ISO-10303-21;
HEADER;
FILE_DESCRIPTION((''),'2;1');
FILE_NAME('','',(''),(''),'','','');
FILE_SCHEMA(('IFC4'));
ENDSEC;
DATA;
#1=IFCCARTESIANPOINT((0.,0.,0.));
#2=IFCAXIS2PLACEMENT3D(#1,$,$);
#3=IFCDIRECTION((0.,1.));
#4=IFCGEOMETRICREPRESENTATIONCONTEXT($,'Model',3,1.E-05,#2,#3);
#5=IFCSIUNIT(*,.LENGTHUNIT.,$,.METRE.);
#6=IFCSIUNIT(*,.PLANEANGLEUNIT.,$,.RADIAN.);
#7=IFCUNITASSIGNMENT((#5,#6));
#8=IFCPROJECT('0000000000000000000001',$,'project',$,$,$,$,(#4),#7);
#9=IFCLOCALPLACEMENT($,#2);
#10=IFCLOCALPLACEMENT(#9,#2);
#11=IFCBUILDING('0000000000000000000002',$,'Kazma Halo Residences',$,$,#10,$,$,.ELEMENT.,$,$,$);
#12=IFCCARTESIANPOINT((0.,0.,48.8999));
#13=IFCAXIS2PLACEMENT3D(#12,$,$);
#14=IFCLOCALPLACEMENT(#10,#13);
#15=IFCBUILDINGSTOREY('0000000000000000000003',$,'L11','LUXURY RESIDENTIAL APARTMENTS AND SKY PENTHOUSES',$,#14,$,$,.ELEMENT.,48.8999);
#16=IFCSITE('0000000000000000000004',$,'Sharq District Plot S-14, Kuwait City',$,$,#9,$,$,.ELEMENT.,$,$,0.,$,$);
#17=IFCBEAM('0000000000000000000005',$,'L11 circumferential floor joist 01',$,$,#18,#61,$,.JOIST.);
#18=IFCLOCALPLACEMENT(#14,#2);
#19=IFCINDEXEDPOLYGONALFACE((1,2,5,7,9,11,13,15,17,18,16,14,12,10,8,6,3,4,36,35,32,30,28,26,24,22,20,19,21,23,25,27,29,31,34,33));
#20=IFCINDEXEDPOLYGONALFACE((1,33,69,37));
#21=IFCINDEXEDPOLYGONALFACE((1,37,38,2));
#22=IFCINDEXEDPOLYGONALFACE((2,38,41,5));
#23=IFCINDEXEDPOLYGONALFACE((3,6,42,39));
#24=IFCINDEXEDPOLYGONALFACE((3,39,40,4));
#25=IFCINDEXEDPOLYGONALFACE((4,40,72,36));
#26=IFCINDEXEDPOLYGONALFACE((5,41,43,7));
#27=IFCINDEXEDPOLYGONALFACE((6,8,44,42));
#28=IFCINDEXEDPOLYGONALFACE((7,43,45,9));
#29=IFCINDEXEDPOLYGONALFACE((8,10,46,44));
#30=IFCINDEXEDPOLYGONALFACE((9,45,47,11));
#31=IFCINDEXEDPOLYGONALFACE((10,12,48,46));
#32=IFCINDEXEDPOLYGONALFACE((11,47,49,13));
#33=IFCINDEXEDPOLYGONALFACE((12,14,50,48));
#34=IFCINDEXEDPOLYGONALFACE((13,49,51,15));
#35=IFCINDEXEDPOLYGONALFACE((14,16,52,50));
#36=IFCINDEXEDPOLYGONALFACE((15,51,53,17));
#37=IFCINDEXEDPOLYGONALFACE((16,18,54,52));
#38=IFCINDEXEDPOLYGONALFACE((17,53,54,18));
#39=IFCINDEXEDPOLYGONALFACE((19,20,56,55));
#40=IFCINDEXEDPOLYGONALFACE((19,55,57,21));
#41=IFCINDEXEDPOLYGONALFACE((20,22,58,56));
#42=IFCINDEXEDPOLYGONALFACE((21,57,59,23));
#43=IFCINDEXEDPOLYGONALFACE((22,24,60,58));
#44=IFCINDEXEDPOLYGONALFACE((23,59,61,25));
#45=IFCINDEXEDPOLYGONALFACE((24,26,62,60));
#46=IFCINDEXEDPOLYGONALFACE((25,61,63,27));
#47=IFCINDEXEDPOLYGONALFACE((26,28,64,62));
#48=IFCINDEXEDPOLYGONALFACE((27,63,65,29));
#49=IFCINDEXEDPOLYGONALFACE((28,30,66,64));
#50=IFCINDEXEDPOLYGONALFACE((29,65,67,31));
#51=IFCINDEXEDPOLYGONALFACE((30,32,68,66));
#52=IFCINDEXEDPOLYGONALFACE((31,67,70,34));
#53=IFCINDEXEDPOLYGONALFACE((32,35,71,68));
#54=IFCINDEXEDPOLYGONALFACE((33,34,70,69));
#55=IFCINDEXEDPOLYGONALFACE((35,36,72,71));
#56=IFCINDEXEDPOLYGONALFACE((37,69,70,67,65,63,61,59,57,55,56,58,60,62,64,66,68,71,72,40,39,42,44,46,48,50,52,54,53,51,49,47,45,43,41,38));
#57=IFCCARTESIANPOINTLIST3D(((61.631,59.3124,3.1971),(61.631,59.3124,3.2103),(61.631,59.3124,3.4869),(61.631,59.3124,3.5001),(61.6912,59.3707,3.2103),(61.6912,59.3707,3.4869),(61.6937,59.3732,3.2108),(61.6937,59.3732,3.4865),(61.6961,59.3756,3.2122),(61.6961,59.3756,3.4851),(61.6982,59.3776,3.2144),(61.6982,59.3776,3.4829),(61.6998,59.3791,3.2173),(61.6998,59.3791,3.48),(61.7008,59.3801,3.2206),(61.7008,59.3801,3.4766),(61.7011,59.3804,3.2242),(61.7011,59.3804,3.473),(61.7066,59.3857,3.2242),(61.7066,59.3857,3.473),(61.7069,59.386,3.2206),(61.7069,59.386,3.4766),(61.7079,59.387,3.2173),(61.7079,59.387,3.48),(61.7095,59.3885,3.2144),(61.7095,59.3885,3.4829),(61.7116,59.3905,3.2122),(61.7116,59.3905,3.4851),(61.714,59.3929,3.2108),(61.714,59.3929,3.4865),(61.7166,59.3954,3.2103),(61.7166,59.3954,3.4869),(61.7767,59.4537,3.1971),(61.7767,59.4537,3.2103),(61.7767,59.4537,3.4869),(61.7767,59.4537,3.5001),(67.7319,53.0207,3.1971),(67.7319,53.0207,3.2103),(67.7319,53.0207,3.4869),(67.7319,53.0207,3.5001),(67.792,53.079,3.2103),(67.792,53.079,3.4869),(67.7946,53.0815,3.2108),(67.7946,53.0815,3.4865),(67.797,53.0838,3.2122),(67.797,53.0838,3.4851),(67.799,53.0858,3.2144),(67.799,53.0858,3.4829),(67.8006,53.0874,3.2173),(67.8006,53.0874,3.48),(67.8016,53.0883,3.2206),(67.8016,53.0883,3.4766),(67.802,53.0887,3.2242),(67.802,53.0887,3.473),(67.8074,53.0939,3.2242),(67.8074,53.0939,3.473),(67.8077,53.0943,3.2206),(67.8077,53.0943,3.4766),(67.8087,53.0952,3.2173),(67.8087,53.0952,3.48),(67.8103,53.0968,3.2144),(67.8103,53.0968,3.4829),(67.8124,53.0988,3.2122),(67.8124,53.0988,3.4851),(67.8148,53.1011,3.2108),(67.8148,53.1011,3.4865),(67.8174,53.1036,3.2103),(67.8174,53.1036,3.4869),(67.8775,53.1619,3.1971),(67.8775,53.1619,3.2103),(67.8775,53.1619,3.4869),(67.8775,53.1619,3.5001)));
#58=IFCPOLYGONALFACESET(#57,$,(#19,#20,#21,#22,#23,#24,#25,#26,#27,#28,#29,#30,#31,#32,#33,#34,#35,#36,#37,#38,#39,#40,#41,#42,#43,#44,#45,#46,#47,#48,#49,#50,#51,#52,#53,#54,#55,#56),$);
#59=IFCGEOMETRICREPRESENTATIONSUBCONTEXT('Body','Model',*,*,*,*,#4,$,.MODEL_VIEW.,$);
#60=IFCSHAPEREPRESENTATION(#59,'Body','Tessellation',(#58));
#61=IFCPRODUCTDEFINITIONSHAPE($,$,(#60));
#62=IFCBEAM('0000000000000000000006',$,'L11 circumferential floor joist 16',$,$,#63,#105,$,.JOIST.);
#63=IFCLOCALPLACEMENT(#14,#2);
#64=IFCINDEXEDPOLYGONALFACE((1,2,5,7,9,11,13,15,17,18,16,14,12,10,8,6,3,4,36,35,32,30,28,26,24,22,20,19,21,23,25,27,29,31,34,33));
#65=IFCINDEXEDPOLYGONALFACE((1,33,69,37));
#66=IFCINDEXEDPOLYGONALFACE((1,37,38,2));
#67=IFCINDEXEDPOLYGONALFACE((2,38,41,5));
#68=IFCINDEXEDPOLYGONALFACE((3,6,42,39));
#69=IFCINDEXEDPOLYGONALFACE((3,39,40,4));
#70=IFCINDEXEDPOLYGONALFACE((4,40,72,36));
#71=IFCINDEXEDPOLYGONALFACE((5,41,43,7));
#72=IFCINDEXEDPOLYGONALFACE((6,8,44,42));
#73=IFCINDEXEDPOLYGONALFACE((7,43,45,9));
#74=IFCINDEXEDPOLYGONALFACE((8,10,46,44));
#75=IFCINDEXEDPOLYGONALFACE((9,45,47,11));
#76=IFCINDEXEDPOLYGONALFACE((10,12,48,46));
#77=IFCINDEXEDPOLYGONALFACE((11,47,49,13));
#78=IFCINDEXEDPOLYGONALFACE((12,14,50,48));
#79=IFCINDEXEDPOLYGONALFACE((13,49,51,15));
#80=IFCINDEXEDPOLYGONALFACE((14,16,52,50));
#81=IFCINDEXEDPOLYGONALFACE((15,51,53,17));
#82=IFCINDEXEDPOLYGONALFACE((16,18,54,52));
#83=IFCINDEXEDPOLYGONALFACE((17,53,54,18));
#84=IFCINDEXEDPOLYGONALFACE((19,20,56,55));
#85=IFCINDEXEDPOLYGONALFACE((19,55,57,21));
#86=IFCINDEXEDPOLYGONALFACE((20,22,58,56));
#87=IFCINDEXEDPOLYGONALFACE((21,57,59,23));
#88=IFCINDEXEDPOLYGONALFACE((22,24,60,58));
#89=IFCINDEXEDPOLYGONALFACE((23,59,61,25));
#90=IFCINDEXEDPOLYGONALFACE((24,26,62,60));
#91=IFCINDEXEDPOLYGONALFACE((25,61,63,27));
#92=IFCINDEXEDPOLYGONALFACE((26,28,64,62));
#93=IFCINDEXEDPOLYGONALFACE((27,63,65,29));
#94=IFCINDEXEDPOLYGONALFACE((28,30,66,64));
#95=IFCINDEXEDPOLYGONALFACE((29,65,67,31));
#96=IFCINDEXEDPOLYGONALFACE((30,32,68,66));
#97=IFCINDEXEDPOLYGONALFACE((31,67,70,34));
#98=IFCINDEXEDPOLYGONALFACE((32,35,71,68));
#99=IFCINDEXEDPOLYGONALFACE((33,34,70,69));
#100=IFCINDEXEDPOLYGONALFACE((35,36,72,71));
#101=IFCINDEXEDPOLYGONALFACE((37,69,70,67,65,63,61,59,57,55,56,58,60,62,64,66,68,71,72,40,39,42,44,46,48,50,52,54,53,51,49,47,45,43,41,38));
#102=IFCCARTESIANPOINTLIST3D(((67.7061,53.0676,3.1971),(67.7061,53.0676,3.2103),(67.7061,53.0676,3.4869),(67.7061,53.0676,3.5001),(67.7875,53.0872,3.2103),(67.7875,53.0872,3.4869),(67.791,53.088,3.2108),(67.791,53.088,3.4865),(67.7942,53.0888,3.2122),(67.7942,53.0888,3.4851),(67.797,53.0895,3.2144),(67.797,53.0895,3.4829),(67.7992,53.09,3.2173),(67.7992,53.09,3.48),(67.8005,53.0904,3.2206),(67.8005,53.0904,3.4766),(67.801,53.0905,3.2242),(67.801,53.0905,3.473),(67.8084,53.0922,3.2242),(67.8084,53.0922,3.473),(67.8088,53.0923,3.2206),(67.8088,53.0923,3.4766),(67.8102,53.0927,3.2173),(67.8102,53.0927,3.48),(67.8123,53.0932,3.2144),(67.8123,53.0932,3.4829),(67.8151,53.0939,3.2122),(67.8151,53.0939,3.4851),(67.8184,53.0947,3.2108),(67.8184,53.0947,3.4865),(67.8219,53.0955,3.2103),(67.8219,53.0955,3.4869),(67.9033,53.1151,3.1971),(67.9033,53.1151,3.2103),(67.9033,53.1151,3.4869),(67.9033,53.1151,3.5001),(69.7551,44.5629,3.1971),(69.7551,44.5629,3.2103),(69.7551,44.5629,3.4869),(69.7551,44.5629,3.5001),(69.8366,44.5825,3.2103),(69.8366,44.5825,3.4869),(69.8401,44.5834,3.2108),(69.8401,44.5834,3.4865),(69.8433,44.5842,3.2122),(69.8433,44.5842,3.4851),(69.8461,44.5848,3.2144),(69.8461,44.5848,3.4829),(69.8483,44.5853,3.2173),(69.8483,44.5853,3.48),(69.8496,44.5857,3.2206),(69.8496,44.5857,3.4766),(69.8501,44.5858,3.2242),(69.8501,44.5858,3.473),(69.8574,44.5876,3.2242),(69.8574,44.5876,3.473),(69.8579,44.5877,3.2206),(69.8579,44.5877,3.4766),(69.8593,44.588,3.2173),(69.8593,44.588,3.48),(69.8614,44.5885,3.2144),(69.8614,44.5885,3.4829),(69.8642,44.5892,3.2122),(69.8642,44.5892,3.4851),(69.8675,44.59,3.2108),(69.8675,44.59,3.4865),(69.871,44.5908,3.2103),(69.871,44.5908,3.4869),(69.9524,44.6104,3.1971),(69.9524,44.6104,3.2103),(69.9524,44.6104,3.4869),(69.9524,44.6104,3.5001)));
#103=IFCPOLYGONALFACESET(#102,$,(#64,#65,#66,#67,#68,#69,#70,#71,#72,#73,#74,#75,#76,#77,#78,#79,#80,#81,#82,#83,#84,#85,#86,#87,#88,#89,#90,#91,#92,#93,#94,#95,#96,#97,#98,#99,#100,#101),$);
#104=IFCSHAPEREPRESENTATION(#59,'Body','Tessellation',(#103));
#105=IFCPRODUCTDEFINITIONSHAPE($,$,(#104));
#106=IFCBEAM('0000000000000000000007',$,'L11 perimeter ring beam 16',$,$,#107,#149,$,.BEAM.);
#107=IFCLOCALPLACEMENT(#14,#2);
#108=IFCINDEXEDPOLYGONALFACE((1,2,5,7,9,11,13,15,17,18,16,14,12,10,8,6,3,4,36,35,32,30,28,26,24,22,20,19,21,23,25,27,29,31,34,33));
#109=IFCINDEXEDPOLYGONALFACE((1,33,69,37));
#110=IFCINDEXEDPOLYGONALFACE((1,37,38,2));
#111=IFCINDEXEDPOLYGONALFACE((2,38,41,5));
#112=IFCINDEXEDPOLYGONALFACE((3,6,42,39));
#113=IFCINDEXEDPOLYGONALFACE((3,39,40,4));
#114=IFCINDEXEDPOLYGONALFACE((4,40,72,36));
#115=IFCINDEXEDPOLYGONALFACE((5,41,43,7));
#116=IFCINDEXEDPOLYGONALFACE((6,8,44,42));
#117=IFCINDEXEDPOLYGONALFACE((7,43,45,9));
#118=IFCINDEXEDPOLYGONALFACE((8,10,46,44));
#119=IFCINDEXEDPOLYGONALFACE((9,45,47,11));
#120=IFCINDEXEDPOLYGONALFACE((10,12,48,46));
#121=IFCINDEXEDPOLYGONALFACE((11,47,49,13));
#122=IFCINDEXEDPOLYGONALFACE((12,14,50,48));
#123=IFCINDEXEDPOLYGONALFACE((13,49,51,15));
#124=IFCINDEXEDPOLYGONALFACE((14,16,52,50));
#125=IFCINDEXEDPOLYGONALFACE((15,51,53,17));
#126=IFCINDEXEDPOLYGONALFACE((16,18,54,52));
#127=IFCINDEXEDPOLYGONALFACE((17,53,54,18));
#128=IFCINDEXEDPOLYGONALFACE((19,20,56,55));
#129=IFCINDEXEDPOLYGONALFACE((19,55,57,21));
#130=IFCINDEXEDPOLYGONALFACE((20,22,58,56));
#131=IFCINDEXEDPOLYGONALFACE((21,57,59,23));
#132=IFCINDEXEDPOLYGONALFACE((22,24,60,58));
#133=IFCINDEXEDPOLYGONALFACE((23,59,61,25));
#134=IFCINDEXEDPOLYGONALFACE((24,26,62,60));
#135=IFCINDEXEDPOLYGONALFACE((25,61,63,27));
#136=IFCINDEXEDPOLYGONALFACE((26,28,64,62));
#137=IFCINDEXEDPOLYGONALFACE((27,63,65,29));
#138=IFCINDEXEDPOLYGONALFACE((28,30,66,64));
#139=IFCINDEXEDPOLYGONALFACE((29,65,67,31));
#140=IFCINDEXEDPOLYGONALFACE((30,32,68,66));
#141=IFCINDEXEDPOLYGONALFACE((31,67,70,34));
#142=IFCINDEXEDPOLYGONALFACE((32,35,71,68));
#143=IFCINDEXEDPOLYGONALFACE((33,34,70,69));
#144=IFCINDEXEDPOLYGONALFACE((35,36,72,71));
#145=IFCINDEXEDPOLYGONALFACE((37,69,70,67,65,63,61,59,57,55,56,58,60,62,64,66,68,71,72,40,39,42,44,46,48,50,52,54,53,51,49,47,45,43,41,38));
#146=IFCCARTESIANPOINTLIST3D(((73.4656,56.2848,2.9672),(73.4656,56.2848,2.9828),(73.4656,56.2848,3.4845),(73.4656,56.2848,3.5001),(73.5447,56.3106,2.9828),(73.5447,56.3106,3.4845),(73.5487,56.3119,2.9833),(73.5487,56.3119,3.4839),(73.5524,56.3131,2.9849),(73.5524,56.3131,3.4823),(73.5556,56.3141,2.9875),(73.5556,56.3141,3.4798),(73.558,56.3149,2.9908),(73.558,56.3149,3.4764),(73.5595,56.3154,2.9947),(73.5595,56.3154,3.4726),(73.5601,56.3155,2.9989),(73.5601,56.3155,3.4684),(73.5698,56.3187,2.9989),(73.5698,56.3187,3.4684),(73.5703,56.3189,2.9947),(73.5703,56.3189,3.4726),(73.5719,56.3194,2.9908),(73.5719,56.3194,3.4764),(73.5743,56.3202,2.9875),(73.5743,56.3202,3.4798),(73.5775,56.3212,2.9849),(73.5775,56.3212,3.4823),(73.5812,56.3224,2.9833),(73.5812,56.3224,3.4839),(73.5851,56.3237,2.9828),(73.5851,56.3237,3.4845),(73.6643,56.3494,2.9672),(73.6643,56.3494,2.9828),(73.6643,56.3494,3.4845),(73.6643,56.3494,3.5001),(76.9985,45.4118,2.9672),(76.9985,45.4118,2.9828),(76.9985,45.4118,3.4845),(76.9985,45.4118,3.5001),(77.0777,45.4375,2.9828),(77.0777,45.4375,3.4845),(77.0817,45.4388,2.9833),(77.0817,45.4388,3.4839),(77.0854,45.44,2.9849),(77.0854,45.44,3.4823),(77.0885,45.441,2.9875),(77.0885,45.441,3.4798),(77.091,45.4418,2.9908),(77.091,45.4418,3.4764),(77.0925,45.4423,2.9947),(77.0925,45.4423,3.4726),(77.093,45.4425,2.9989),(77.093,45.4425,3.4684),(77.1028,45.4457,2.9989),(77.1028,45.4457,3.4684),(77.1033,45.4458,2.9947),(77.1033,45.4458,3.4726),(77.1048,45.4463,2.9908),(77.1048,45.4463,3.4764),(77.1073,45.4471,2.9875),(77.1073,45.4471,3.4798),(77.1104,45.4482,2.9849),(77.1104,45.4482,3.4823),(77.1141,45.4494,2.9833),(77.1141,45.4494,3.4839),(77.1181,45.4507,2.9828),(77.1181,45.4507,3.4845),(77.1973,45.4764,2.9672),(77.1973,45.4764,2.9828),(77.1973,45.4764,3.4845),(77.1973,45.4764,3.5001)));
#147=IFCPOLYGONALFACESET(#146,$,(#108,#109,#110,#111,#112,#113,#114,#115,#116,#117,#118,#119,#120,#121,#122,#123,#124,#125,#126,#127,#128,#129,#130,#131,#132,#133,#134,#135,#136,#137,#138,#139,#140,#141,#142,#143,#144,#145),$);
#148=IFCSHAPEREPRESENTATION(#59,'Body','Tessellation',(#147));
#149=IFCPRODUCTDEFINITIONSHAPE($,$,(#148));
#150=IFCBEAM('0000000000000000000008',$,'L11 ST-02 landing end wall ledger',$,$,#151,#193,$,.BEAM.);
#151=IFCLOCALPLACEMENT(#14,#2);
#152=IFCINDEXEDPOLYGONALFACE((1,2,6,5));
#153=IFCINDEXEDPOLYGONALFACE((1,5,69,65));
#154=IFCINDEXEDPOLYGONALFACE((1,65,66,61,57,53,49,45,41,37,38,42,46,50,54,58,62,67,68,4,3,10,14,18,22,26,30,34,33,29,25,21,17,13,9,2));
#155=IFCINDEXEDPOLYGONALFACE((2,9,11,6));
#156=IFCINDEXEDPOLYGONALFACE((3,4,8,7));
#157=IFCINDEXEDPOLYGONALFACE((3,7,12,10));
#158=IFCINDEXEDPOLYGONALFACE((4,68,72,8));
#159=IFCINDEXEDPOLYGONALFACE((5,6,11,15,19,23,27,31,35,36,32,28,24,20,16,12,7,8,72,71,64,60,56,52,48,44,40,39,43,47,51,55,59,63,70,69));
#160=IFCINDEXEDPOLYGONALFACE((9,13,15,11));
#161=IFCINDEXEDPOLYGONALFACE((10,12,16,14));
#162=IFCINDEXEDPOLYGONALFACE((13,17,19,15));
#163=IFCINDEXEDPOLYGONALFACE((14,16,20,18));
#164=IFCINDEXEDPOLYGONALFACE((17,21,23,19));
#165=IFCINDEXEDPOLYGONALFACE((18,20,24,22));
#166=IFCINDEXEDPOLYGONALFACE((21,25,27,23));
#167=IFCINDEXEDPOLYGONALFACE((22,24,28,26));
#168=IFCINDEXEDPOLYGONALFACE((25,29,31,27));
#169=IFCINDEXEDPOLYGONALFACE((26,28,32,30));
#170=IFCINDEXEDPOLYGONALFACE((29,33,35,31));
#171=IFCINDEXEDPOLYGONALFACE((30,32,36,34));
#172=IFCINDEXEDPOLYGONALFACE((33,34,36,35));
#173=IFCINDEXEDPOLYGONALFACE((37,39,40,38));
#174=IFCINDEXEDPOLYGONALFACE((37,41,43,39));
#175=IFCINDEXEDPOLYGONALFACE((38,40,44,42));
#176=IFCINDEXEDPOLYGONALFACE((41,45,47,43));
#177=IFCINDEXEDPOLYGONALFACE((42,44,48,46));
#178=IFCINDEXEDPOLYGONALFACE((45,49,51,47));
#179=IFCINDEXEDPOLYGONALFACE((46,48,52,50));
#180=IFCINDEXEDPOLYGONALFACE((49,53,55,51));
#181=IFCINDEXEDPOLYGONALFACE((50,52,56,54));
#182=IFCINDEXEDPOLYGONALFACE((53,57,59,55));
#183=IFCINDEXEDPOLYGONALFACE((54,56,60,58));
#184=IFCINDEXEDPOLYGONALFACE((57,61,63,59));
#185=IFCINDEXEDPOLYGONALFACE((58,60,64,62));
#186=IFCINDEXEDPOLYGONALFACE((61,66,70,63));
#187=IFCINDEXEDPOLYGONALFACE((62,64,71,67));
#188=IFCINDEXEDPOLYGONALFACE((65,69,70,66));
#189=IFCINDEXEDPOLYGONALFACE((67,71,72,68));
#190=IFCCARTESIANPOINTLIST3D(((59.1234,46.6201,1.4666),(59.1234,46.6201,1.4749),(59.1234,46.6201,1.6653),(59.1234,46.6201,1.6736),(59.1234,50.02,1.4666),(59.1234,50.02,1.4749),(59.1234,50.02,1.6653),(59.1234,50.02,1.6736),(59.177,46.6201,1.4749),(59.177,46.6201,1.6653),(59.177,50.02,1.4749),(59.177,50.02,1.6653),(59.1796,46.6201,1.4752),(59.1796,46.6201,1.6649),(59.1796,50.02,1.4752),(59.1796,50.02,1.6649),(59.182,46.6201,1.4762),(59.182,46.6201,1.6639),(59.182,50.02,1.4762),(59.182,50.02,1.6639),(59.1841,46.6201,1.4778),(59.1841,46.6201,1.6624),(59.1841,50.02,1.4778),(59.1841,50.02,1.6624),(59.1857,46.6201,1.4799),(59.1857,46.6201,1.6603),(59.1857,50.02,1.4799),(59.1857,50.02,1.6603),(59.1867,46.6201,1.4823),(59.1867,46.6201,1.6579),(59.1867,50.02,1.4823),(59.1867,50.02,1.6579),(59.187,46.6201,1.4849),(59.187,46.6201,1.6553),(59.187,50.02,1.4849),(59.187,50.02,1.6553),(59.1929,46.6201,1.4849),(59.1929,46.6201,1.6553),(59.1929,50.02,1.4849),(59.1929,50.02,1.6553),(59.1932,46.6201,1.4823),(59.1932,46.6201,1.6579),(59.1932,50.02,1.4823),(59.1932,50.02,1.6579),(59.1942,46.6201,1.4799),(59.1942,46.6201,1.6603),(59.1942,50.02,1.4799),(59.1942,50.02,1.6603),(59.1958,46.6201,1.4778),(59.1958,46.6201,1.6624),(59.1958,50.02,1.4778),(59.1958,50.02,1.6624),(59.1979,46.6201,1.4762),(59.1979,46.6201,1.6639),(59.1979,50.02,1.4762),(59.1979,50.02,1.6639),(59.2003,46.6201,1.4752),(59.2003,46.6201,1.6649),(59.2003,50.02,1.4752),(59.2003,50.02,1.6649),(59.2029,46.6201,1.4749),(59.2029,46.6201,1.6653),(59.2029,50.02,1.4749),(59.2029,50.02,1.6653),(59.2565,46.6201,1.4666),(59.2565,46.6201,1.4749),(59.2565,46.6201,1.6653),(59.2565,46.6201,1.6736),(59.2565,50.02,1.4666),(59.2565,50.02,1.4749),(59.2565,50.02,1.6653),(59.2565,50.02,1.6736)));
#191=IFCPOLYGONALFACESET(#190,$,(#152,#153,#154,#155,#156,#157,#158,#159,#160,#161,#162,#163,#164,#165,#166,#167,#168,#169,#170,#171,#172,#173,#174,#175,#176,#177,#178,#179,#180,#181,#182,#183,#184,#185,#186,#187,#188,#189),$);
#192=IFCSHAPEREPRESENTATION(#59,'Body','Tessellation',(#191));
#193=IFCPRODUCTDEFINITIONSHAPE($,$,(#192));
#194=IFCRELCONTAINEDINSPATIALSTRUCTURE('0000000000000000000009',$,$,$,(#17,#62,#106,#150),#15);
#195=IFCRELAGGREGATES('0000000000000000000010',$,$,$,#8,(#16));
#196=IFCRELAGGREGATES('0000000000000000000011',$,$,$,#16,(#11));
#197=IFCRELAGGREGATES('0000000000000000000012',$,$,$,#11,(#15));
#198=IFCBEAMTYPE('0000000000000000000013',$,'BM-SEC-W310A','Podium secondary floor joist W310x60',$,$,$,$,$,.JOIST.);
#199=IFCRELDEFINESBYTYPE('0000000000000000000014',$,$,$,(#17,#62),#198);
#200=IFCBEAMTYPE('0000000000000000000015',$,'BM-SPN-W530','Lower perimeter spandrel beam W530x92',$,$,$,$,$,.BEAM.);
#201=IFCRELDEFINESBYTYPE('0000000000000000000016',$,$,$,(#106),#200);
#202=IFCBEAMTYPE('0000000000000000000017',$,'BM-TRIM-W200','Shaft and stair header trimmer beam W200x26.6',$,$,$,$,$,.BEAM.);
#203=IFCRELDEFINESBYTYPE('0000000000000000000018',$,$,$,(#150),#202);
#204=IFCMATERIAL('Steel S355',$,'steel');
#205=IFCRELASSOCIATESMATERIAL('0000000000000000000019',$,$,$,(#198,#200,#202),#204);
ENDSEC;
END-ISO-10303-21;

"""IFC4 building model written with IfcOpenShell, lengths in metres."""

from ifc_helpers import new_model, si_unit, direction, frame, origin, origin_2d, place, context, subcontext, project, spatial, i_section, extrude, material, material_profile, profile_set, type_object, element, save


model = new_model("IFC4")

# Units and contexts
model_context = context("Model", 3, precision=1e-05, world=origin(), true_north=direction((0.0, 1.0)))
body_context = subcontext(model_context, "Body", "Model", "MODEL_VIEW")
ifc_project = project(units=[si_unit("LENGTHUNIT", "METRE"), si_unit("PLANEANGLEUNIT", "RADIAN")], contexts=[model_context])

# Site, building, storey
site_placement = place(None, origin())
site = spatial("IfcSite", under=ifc_project, at=site_placement, Name="Sharq District Plot S-14, Kuwait City", CompositionType="ELEMENT", RefElevation=0.0)
building_placement = place(site_placement, origin())
building = spatial("IfcBuilding", under=site, at=building_placement, Name="Kazma Halo Residences", CompositionType="ELEMENT")
storey_placement = place(building_placement, frame((0.0, 0.0, 48.8999)))
storey = spatial("IfcBuildingStorey", under=building, at=storey_placement, Name="L11", Description="LUXURY RESIDENTIAL APARTMENTS AND SKY PENTHOUSES", CompositionType="ELEMENT", Elevation=48.8999)

# Beams
ifc_material_1 = material(Name="Steel S355", Category="steel")
ifc_material_profile_1 = material_profile(ifc_material_1, i_section(OverallWidth=0.2029, OverallDepth=0.303, WebThickness=0.0076, FlangeThickness=0.0132, FilletRadius=0.0139, at=origin_2d()), Name="W310x60")
ifc_profile_set_1 = profile_set([ifc_material_profile_1], Name="Steel S355")
beam_type_1 = type_object("IfcBeamType", Name="BM-SEC-W310A", Description="Podium secondary floor joist W310x60", PredefinedType="JOIST", material=ifc_profile_set_1)
beam_1_placement = place(storey_placement, frame((67.8047, 53.0913, 3.3486), z_axis=(-0.696131, 0.717915, 0.0), x_axis=(-0.717915, -0.696131, 0.0)))
element("IfcBeam", 1, at=beam_1_placement, inside=storey, type_object=beam_type_1, Name="L11 circumferential floor joist 01", PredefinedType="JOIST", context=body_context, shape_type="SweptSolid", body=[
    extrude(i_section(OverallWidth=0.2029, OverallDepth=0.303, WebThickness=0.0076, FlangeThickness=0.0132, FilletRadius=0.0139, at=origin_2d()), origin(), (0.0, 0.0, 1.0), 8.7639),
])
beam_2_placement = place(storey_placement, frame((69.8538, 44.5867, 3.3486), z_axis=(-0.234233, 0.97218, 0.0), x_axis=(-0.97218, -0.234233, 0.0)))
element("IfcBeam", 2, at=beam_2_placement, inside=storey, type_object=beam_type_1, Name="L11 circumferential floor joist 16", PredefinedType="JOIST", context=body_context, shape_type="SweptSolid", body=[
    extrude(i_section(OverallWidth=0.2029, OverallDepth=0.303, WebThickness=0.0076, FlangeThickness=0.0132, FilletRadius=0.0139, at=origin_2d()), origin(), (0.0, 0.0, 1.0), 8.748),
])
ifc_material_profile_2 = material_profile(ifc_material_1, i_section(OverallWidth=0.209, OverallDepth=0.533, WebThickness=0.0103, FlangeThickness=0.0156, FilletRadius=0.0161, at=origin_2d()), Name="W530x92")
ifc_profile_set_2 = profile_set([ifc_material_profile_2], Name="Steel S355")
beam_type_2 = type_object("IfcBeamType", Name="BM-SPN-W530", Description="Lower perimeter spandrel beam W530x92", PredefinedType="BEAM", material=ifc_profile_set_2)
beam_3_placement = place(storey_placement, frame((77.0979, 45.4441, 3.2336), z_axis=(-0.309024, 0.951054, 0.0), x_axis=(-0.951054, -0.309024, 0.0)))
element("IfcBeam", 3, at=beam_3_placement, inside=storey, type_object=beam_type_2, Name="L11 perimeter ring beam 16", PredefinedType="BEAM", context=body_context, shape_type="SweptSolid", body=[
    extrude(i_section(OverallWidth=0.209, OverallDepth=0.533, WebThickness=0.0103, FlangeThickness=0.0156, FilletRadius=0.0161, at=origin_2d()), origin(), (0.0, 0.0, 1.0), 11.4326),
])
ifc_material_profile_3 = material_profile(ifc_material_1, i_section(OverallWidth=0.1331, OverallDepth=0.207, WebThickness=0.0059, FlangeThickness=0.0083, FilletRadius=0.01, at=origin_2d()), Name="W200x26.6")
ifc_profile_set_3 = profile_set([ifc_material_profile_3], Name="Steel S355")
beam_type_3 = type_object("IfcBeamType", Name="BM-TRIM-W200", Description="Shaft and stair header trimmer beam W200x26.6", PredefinedType="BEAM", material=ifc_profile_set_3)
beam_4_placement = place(storey_placement, frame((59.1899, 46.6201, 1.5701), z_axis=(0.0, 1.0, 0.0), x_axis=(-1.0, 0.0, 0.0)))
element("IfcBeam", 4, at=beam_4_placement, inside=storey, type_object=beam_type_3, Name="L11 ST-02 landing end wall ledger", PredefinedType="BEAM", context=body_context, shape_type="SweptSolid", body=[
    extrude(i_section(OverallWidth=0.1331, OverallDepth=0.207, WebThickness=0.0059, FlangeThickness=0.0083, FilletRadius=0.01, at=origin_2d()), origin(), (0.0, 0.0, 1.0), 3.3999),
])

save(model, "model.ifc")
